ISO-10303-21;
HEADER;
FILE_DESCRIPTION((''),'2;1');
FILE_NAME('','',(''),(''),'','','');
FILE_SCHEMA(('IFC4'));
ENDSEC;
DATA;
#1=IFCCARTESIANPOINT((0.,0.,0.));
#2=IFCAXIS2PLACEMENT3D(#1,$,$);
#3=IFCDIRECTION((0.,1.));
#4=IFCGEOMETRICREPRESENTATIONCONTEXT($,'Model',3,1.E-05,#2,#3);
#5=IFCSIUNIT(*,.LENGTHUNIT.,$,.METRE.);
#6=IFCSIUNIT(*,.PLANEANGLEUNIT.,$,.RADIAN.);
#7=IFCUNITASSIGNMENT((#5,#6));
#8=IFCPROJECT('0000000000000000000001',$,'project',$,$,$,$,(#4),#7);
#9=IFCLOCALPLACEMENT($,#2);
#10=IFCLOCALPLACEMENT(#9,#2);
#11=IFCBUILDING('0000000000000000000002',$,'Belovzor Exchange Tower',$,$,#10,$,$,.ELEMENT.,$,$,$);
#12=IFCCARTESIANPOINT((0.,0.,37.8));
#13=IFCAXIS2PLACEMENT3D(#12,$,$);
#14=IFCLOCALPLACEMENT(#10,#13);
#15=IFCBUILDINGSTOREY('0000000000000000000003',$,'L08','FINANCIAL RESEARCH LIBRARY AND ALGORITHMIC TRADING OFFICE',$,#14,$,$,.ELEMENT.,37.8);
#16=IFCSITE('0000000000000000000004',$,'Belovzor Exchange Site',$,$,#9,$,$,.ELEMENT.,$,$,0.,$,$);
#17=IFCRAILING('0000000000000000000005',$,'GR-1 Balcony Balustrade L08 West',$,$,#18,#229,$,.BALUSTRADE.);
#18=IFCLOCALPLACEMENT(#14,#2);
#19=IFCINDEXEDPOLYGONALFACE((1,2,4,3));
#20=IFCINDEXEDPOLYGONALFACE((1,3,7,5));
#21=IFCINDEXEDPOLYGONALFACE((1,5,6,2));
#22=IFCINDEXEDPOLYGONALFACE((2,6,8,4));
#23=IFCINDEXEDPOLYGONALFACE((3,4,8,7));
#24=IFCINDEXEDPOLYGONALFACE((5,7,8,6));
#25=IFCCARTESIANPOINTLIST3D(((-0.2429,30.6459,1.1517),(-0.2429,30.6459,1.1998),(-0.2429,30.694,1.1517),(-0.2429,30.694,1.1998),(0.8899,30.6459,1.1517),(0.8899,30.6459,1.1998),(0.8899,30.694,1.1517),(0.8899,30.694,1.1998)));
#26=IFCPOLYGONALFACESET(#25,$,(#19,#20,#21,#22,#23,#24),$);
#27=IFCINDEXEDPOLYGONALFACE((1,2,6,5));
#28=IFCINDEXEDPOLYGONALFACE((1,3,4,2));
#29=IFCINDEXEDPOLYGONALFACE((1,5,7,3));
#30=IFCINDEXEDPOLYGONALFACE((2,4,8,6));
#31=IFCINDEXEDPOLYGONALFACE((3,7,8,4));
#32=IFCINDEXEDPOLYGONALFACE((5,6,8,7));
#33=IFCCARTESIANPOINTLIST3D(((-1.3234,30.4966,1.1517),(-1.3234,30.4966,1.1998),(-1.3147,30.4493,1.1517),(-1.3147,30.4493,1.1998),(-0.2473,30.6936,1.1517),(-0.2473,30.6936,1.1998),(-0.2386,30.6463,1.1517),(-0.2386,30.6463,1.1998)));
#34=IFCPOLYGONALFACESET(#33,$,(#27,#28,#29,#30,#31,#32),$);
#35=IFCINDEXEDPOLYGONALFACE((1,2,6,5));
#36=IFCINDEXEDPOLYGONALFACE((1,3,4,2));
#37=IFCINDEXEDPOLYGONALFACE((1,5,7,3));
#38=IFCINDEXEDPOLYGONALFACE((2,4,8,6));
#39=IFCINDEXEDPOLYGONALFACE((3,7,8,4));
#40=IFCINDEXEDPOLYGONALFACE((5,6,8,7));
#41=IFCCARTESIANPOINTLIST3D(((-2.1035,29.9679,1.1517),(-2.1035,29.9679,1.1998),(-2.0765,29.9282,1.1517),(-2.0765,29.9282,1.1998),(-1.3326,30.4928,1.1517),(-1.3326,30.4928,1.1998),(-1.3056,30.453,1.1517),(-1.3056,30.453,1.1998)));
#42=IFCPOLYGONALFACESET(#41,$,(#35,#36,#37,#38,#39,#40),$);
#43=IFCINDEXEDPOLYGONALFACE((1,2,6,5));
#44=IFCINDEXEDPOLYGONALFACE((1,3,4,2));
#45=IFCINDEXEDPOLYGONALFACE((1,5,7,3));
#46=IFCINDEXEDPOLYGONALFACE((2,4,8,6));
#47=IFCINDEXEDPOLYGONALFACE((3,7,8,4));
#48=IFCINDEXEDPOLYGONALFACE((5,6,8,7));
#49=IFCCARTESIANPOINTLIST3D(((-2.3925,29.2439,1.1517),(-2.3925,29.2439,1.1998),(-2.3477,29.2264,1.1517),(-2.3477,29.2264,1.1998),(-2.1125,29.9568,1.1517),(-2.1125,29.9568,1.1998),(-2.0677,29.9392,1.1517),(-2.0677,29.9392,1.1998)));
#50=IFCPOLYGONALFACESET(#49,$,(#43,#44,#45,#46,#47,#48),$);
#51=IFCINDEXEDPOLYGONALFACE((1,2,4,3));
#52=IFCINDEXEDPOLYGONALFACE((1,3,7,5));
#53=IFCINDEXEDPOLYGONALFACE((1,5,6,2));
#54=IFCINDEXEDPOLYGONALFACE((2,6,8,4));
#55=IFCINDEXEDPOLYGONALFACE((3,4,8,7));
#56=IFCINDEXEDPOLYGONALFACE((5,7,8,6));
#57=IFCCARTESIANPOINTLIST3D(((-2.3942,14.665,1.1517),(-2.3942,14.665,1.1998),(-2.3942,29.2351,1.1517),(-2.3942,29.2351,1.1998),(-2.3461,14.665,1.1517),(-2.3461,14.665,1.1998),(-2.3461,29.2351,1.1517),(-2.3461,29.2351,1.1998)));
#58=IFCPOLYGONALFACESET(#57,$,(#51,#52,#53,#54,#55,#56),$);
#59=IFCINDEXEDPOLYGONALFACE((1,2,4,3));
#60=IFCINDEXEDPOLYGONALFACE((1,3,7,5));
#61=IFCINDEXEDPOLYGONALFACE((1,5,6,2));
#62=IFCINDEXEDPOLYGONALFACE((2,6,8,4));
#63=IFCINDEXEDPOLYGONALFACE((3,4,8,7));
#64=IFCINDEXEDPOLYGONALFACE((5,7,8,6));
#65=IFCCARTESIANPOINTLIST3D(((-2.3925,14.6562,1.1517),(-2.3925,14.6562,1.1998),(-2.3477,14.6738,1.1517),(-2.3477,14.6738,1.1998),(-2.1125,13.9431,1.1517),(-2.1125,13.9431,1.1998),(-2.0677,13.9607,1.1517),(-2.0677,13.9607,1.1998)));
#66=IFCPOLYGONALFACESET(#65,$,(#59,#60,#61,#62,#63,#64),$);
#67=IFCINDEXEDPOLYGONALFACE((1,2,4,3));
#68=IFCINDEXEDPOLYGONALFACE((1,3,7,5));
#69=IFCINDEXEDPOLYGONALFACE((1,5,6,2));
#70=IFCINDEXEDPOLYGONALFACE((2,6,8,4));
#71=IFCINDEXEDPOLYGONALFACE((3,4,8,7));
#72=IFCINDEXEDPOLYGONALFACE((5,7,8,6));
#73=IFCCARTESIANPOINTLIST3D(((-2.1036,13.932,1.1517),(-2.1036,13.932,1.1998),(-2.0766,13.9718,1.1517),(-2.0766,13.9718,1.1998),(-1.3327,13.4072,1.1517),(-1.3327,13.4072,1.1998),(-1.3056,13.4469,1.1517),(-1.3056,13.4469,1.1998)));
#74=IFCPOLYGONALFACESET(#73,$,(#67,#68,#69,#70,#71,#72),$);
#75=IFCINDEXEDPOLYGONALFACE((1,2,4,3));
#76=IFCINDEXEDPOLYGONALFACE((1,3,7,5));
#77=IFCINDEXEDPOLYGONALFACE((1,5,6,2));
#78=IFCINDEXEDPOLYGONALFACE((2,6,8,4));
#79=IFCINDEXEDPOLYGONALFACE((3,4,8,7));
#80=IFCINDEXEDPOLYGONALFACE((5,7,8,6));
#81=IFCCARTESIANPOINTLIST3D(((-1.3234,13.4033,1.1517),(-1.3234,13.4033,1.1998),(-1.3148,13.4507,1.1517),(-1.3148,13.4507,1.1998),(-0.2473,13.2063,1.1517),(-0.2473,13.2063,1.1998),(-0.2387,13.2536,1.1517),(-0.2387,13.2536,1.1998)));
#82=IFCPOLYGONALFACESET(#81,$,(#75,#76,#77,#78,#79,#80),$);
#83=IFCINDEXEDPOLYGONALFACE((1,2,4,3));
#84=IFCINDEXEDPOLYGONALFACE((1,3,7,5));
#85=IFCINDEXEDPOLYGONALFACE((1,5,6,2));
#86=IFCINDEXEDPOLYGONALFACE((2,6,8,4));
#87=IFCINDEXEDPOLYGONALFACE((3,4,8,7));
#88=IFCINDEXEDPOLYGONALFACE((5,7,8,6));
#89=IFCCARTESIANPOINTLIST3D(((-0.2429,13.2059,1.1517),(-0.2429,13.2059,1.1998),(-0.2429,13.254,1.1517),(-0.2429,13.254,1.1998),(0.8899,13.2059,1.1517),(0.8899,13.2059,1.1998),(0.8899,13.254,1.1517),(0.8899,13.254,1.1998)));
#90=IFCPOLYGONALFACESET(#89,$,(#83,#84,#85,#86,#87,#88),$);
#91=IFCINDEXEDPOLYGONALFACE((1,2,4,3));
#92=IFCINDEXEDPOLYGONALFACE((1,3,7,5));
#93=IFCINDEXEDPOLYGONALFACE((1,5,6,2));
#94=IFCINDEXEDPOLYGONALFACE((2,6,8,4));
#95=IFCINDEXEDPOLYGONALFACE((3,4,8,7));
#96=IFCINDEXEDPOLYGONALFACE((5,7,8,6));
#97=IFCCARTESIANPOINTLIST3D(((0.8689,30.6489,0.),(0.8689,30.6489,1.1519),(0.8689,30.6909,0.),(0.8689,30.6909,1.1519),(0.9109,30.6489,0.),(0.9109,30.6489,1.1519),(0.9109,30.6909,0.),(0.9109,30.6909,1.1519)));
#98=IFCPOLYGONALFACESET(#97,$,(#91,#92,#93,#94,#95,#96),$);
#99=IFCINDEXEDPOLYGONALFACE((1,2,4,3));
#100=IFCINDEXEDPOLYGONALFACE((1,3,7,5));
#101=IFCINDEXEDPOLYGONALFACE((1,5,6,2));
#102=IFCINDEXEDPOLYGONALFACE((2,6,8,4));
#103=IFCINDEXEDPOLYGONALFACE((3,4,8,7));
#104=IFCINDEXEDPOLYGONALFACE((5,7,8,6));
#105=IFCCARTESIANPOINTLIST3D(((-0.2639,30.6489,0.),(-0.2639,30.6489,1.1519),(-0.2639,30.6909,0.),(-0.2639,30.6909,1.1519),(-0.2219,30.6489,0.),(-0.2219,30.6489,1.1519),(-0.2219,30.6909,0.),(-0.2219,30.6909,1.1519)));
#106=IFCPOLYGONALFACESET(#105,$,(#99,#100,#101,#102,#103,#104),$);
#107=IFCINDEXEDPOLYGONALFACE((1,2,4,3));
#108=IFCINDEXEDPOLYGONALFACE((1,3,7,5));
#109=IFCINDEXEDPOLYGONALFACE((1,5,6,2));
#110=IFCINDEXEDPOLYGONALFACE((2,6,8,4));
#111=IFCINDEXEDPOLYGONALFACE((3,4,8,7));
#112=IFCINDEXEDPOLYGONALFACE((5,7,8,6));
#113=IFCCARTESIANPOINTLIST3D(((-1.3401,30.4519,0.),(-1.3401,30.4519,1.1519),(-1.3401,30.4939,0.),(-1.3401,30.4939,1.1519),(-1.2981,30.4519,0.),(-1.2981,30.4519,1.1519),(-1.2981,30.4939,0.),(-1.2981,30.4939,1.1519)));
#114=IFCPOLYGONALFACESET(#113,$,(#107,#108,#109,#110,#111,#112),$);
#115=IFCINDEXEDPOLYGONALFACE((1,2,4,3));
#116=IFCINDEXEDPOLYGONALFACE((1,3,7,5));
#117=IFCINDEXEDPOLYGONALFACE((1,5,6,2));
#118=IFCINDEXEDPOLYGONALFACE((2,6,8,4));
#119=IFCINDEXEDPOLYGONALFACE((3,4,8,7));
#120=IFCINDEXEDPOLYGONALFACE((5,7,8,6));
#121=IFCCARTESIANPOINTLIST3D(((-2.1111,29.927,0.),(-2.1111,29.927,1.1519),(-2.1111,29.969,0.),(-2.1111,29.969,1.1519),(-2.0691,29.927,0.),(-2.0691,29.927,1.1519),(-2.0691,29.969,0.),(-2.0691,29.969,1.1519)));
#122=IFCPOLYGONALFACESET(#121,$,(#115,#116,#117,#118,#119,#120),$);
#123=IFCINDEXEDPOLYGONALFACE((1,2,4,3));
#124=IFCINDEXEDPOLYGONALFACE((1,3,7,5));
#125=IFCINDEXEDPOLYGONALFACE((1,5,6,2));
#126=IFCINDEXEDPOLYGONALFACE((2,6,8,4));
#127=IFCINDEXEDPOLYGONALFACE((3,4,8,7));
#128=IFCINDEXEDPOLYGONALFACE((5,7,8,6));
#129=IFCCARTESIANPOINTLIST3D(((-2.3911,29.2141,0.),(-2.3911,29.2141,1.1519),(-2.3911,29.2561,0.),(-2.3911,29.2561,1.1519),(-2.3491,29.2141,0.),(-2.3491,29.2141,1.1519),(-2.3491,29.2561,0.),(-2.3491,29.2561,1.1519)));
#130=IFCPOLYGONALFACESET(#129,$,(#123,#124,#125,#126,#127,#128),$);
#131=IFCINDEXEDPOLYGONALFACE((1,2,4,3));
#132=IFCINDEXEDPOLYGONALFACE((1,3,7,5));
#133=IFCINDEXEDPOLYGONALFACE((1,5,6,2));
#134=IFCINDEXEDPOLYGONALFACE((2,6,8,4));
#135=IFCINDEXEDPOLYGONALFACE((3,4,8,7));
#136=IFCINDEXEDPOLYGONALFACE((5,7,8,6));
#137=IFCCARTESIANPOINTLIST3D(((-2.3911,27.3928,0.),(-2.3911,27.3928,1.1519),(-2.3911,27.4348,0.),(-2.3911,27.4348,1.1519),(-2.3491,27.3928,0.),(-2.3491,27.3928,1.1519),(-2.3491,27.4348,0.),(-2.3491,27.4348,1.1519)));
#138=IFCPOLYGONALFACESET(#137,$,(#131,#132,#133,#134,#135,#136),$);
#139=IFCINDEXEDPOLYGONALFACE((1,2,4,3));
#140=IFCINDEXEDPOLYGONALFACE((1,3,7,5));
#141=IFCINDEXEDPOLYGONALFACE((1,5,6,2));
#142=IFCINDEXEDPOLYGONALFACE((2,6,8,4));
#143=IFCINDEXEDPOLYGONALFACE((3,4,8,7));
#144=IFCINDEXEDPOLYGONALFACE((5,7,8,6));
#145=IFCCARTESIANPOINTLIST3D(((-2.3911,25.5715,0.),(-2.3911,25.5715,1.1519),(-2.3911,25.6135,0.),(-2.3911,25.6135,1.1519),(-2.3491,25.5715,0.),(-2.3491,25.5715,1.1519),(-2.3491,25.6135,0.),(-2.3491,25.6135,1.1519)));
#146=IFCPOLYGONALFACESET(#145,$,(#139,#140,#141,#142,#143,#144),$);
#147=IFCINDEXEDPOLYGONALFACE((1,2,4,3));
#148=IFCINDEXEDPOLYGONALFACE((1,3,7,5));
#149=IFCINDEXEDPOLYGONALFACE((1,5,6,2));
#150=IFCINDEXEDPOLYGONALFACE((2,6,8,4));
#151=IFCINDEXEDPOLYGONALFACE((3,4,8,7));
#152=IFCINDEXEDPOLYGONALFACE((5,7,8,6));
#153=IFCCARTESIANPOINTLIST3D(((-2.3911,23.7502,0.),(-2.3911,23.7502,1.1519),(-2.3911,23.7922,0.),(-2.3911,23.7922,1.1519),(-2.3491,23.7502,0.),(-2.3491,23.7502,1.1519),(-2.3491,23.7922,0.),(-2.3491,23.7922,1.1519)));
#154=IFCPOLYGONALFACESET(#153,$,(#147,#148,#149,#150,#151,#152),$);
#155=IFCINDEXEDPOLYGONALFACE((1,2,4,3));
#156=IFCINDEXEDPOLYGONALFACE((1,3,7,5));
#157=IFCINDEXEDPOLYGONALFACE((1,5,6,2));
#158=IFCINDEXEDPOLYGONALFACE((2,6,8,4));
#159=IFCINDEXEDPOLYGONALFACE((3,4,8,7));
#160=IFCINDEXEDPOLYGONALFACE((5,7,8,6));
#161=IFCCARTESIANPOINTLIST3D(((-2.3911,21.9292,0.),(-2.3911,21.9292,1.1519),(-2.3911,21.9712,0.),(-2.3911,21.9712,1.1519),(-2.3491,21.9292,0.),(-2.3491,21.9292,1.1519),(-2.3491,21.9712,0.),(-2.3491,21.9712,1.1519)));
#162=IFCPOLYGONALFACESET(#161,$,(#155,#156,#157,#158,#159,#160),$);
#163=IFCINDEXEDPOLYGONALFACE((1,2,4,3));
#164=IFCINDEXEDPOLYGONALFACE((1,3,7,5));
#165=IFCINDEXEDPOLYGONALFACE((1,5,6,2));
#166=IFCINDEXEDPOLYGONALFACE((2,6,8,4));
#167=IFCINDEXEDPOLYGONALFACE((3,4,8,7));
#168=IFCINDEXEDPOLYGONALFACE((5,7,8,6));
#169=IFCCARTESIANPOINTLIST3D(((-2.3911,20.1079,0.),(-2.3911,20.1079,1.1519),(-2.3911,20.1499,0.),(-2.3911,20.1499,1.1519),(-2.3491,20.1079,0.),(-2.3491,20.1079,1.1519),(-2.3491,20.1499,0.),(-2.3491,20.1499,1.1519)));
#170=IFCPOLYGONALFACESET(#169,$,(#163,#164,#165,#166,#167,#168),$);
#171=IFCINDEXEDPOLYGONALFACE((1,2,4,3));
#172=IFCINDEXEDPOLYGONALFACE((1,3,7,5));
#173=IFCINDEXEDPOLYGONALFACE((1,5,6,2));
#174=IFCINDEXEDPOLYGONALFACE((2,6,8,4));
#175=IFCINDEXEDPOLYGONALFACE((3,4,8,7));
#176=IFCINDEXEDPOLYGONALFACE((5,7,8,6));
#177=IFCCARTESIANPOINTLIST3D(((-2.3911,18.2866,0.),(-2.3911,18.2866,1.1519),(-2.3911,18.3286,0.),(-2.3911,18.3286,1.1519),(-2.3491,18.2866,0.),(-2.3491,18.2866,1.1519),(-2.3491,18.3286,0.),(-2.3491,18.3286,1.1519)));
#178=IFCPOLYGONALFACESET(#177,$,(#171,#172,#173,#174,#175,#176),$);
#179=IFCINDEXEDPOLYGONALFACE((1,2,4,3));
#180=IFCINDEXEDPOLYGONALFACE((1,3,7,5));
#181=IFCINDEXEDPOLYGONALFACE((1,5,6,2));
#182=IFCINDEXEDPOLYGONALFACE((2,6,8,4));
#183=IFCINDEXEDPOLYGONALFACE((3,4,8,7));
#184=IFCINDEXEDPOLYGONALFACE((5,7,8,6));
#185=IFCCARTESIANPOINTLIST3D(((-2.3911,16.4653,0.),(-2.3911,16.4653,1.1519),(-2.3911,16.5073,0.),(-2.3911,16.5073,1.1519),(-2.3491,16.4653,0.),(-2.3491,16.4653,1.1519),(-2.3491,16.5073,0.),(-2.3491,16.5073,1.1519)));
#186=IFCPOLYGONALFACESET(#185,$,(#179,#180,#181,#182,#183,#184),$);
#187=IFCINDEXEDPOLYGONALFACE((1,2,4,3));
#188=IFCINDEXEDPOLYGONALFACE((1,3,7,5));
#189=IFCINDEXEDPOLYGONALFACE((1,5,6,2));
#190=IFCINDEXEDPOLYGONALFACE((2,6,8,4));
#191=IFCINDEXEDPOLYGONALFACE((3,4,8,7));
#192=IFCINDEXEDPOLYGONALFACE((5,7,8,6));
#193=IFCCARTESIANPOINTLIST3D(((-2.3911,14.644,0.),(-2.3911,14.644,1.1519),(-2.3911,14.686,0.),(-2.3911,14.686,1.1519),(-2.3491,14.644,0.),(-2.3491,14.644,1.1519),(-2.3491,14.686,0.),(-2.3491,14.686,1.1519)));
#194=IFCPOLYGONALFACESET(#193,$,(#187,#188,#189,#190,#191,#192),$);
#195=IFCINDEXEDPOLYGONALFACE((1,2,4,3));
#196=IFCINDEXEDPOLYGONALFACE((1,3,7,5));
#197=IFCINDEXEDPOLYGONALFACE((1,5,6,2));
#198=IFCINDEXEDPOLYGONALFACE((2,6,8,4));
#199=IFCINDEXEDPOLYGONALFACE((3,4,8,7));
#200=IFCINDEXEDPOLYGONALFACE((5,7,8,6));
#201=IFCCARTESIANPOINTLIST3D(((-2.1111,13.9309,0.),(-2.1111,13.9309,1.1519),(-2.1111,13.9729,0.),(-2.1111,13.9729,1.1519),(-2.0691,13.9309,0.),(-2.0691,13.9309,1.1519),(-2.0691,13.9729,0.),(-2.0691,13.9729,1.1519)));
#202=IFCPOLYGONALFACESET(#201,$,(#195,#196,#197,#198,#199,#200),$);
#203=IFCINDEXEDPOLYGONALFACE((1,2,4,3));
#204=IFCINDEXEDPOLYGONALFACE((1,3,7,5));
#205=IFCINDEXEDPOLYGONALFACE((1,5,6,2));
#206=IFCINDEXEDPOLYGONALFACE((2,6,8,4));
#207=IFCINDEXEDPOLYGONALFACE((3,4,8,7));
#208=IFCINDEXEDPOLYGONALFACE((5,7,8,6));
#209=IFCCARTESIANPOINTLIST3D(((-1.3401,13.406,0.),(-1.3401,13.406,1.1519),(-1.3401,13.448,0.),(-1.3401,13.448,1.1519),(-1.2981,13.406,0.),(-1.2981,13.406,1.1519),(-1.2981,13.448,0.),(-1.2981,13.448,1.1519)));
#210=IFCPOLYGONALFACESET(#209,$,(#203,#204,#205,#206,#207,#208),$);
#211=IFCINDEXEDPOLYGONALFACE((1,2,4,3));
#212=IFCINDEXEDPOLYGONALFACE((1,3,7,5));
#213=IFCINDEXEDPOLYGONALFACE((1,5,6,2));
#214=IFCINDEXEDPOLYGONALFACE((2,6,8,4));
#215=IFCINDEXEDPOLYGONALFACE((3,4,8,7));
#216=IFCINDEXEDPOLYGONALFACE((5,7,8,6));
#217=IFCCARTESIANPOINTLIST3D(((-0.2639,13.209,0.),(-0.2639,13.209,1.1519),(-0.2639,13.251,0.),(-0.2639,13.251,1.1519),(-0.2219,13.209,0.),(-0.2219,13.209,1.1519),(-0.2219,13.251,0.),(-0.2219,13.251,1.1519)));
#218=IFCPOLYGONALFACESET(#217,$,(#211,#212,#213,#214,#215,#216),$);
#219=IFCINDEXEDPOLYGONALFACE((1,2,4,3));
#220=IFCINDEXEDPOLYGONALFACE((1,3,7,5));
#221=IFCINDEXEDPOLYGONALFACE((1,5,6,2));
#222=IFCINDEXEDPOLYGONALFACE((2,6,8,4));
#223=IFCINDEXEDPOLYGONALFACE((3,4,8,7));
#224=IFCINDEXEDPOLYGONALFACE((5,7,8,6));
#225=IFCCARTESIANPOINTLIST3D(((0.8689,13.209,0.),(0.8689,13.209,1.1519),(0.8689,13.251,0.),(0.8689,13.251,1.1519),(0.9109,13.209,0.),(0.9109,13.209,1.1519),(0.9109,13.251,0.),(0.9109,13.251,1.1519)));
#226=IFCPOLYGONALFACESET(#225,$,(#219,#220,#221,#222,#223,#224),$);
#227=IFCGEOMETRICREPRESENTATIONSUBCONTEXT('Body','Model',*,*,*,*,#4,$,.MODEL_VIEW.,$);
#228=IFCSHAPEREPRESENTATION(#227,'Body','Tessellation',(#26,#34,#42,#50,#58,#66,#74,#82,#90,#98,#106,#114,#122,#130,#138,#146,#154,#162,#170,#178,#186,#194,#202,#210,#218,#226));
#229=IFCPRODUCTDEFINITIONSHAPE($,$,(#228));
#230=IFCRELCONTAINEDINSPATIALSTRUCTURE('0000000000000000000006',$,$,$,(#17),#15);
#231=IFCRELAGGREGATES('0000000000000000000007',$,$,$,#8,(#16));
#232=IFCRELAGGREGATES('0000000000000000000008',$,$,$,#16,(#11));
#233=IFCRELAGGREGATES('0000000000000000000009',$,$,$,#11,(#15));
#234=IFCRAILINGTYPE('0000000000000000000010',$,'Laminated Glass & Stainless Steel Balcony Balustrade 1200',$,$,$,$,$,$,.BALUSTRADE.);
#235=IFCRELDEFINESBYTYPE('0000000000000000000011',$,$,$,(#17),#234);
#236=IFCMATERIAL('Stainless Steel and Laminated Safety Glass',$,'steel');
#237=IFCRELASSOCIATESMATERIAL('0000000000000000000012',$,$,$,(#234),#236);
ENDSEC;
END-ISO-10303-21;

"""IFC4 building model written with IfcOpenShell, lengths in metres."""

from ifc_helpers import new_model, si_unit, direction, frame, origin, origin_2d, place, context, subcontext, project, spatial, rectangle, extrude, material, type_object, element, save


model = new_model("IFC4")

# Units and contexts
model_context = context("Model", 3, precision=1e-05, world=origin(), true_north=direction((0.0, 1.0)))
body_context = subcontext(model_context, "Body", "Model", "MODEL_VIEW")
ifc_project = project(units=[si_unit("LENGTHUNIT", "METRE"), si_unit("PLANEANGLEUNIT", "RADIAN")], contexts=[model_context])

# Site, building, storey
site_placement = place(None, origin())
site = spatial("IfcSite", under=ifc_project, at=site_placement, Name="Belovzor Exchange Site", CompositionType="ELEMENT", RefElevation=0.0)
building_placement = place(site_placement, origin())
building = spatial("IfcBuilding", under=site, at=building_placement, Name="Belovzor Exchange Tower", CompositionType="ELEMENT")
storey_placement = place(building_placement, frame((0.0, 0.0, 37.8)))
storey = spatial("IfcBuildingStorey", under=building, at=storey_placement, Name="L08", Description="FINANCIAL RESEARCH LIBRARY AND ALGORITHMIC TRADING OFFICE", CompositionType="ELEMENT", Elevation=37.8)

# Railing
ifc_material_1 = material(Name="Stainless Steel and Laminated Safety Glass", Category="steel")
railing_type = type_object("IfcRailingType", Name="Laminated Glass & Stainless Steel Balcony Balustrade 1200", PredefinedType="BALUSTRADE", material=ifc_material_1)
railing_placement = place(storey_placement, frame((0.8899, 30.6699, 0.0)))
element("IfcRailing", 1, at=railing_placement, inside=storey, type_object=railing_type, Name="GR-1 Balcony Balustrade L08 West", PredefinedType="BALUSTRADE", context=body_context, shape_type="SweptSolid", body=[
    extrude(rectangle(XDim=0.0481, YDim=0.0481, at=origin_2d()), frame((0.0, 0.0, 1.1758), z_axis=(-1.0, 0.0, 0.0), x_axis=(0.0, -1.0, 0.0)), (0.0, 0.0, 1.0), 1.1328),
    extrude(rectangle(XDim=0.0481, YDim=0.0481, at=origin_2d()), frame((-1.1328, 0.0, 1.1758), z_axis=(-0.983651, -0.180083, 0.0), x_axis=(0.180083, -0.983651, 0.0)), (0.0, 0.0, 1.0), 1.094),
    extrude(rectangle(XDim=0.0481, YDim=0.0481, at=origin_2d()), frame((-2.209, -0.197, 1.1758), z_axis=(-0.826615, -0.562768, 0.0), x_axis=(0.562768, -0.826615, 0.0)), (0.0, 0.0, 1.0), 0.9326),
    extrude(rectangle(XDim=0.0481, YDim=0.0481, at=origin_2d()), frame((-2.98, -0.7219, 1.1758), z_axis=(-0.365613, -0.930767, 0.0), x_axis=(0.930767, -0.365613, 0.0)), (0.0, 0.0, 1.0), 0.7659),
    extrude(rectangle(XDim=0.0481, YDim=0.0481, at=origin_2d()), frame((-3.26, -1.4348, 1.1758), z_axis=(0.0, -1.0, 0.0), x_axis=(1.0, 0.0, 0.0)), (0.0, 0.0, 1.0), 14.5701),
    extrude(rectangle(XDim=0.0481, YDim=0.0481, at=origin_2d()), frame((-3.26, -16.0049, 1.1758), z_axis=(0.365504, -0.93081, 0.0), x_axis=(0.93081, 0.365504, 0.0)), (0.0, 0.0, 1.0), 0.7661),
    extrude(rectangle(XDim=0.0481, YDim=0.0481, at=origin_2d()), frame((-2.98, -16.718, 1.1758), z_axis=(0.826615, -0.562768, 0.0), x_axis=(0.562768, 0.826615, 0.0)), (0.0, 0.0, 1.0), 0.9326),
    extrude(rectangle(XDim=0.0481, YDim=0.0481, at=origin_2d()), frame((-2.209, -17.2429, 1.1758), z_axis=(0.983651, -0.180083, 0.0), x_axis=(0.180083, 0.983651, 0.0)), (0.0, 0.0, 1.0), 1.094),
    extrude(rectangle(XDim=0.0481, YDim=0.0481, at=origin_2d()), frame((-1.1328, -17.4399, 1.1758), z_axis=(1.0, 0.0, 0.0), x_axis=(0.0, 1.0, 0.0)), (0.0, 0.0, 1.0), 1.1328),
    extrude(rectangle(XDim=0.042, YDim=0.042, at=origin_2d()), origin(), (0.0, 0.0, 1.0), 1.1519),
    extrude(rectangle(XDim=0.042, YDim=0.042, at=origin_2d()), frame((-1.1328, 0.0, 0.0)), (0.0, 0.0, 1.0), 1.1519),
    extrude(rectangle(XDim=0.042, YDim=0.042, at=origin_2d()), frame((-2.209, -0.197, 0.0)), (0.0, 0.0, 1.0), 1.1519),
    extrude(rectangle(XDim=0.042, YDim=0.042, at=origin_2d()), frame((-2.98, -0.7219, 0.0)), (0.0, 0.0, 1.0), 1.1519),
    extrude(rectangle(XDim=0.042, YDim=0.042, at=origin_2d()), frame((-3.26, -1.4348, 0.0)), (0.0, 0.0, 1.0), 1.1519),
    extrude(rectangle(XDim=0.042, YDim=0.042, at=origin_2d()), frame((-3.26, -3.2561, 0.0)), (0.0, 0.0, 1.0), 1.1519),
    extrude(rectangle(XDim=0.042, YDim=0.042, at=origin_2d()), frame((-3.26, -5.0774, 0.0)), (0.0, 0.0, 1.0), 1.1519),
    extrude(rectangle(XDim=0.042, YDim=0.042, at=origin_2d()), frame((-3.26, -6.8987, 0.0)), (0.0, 0.0, 1.0), 1.1519),
    extrude(rectangle(XDim=0.042, YDim=0.042, at=origin_2d()), frame((-3.26, -8.7197, 0.0)), (0.0, 0.0, 1.0), 1.1519),
    extrude(rectangle(XDim=0.042, YDim=0.042, at=origin_2d()), frame((-3.26, -10.541, 0.0)), (0.0, 0.0, 1.0), 1.1519),
    extrude(rectangle(XDim=0.042, YDim=0.042, at=origin_2d()), frame((-3.26, -12.3623, 0.0)), (0.0, 0.0, 1.0), 1.1519),
    extrude(rectangle(XDim=0.042, YDim=0.042, at=origin_2d()), frame((-3.26, -14.1836, 0.0)), (0.0, 0.0, 1.0), 1.1519),
    extrude(rectangle(XDim=0.042, YDim=0.042, at=origin_2d()), frame((-3.26, -16.0049, 0.0)), (0.0, 0.0, 1.0), 1.1519),
    extrude(rectangle(XDim=0.042, YDim=0.042, at=origin_2d()), frame((-2.98, -16.718, 0.0)), (0.0, 0.0, 1.0), 1.1519),
    extrude(rectangle(XDim=0.042, YDim=0.042, at=origin_2d()), frame((-2.209, -17.2429, 0.0)), (0.0, 0.0, 1.0), 1.1519),
    extrude(rectangle(XDim=0.042, YDim=0.042, at=origin_2d()), frame((-1.1328, -17.4399, 0.0)), (0.0, 0.0, 1.0), 1.1519),
    extrude(rectangle(XDim=0.042, YDim=0.042, at=origin_2d()), frame((0.0, -17.4399, 0.0)), (0.0, 0.0, 1.0), 1.1519),
])

save(model, "model.ifc")
